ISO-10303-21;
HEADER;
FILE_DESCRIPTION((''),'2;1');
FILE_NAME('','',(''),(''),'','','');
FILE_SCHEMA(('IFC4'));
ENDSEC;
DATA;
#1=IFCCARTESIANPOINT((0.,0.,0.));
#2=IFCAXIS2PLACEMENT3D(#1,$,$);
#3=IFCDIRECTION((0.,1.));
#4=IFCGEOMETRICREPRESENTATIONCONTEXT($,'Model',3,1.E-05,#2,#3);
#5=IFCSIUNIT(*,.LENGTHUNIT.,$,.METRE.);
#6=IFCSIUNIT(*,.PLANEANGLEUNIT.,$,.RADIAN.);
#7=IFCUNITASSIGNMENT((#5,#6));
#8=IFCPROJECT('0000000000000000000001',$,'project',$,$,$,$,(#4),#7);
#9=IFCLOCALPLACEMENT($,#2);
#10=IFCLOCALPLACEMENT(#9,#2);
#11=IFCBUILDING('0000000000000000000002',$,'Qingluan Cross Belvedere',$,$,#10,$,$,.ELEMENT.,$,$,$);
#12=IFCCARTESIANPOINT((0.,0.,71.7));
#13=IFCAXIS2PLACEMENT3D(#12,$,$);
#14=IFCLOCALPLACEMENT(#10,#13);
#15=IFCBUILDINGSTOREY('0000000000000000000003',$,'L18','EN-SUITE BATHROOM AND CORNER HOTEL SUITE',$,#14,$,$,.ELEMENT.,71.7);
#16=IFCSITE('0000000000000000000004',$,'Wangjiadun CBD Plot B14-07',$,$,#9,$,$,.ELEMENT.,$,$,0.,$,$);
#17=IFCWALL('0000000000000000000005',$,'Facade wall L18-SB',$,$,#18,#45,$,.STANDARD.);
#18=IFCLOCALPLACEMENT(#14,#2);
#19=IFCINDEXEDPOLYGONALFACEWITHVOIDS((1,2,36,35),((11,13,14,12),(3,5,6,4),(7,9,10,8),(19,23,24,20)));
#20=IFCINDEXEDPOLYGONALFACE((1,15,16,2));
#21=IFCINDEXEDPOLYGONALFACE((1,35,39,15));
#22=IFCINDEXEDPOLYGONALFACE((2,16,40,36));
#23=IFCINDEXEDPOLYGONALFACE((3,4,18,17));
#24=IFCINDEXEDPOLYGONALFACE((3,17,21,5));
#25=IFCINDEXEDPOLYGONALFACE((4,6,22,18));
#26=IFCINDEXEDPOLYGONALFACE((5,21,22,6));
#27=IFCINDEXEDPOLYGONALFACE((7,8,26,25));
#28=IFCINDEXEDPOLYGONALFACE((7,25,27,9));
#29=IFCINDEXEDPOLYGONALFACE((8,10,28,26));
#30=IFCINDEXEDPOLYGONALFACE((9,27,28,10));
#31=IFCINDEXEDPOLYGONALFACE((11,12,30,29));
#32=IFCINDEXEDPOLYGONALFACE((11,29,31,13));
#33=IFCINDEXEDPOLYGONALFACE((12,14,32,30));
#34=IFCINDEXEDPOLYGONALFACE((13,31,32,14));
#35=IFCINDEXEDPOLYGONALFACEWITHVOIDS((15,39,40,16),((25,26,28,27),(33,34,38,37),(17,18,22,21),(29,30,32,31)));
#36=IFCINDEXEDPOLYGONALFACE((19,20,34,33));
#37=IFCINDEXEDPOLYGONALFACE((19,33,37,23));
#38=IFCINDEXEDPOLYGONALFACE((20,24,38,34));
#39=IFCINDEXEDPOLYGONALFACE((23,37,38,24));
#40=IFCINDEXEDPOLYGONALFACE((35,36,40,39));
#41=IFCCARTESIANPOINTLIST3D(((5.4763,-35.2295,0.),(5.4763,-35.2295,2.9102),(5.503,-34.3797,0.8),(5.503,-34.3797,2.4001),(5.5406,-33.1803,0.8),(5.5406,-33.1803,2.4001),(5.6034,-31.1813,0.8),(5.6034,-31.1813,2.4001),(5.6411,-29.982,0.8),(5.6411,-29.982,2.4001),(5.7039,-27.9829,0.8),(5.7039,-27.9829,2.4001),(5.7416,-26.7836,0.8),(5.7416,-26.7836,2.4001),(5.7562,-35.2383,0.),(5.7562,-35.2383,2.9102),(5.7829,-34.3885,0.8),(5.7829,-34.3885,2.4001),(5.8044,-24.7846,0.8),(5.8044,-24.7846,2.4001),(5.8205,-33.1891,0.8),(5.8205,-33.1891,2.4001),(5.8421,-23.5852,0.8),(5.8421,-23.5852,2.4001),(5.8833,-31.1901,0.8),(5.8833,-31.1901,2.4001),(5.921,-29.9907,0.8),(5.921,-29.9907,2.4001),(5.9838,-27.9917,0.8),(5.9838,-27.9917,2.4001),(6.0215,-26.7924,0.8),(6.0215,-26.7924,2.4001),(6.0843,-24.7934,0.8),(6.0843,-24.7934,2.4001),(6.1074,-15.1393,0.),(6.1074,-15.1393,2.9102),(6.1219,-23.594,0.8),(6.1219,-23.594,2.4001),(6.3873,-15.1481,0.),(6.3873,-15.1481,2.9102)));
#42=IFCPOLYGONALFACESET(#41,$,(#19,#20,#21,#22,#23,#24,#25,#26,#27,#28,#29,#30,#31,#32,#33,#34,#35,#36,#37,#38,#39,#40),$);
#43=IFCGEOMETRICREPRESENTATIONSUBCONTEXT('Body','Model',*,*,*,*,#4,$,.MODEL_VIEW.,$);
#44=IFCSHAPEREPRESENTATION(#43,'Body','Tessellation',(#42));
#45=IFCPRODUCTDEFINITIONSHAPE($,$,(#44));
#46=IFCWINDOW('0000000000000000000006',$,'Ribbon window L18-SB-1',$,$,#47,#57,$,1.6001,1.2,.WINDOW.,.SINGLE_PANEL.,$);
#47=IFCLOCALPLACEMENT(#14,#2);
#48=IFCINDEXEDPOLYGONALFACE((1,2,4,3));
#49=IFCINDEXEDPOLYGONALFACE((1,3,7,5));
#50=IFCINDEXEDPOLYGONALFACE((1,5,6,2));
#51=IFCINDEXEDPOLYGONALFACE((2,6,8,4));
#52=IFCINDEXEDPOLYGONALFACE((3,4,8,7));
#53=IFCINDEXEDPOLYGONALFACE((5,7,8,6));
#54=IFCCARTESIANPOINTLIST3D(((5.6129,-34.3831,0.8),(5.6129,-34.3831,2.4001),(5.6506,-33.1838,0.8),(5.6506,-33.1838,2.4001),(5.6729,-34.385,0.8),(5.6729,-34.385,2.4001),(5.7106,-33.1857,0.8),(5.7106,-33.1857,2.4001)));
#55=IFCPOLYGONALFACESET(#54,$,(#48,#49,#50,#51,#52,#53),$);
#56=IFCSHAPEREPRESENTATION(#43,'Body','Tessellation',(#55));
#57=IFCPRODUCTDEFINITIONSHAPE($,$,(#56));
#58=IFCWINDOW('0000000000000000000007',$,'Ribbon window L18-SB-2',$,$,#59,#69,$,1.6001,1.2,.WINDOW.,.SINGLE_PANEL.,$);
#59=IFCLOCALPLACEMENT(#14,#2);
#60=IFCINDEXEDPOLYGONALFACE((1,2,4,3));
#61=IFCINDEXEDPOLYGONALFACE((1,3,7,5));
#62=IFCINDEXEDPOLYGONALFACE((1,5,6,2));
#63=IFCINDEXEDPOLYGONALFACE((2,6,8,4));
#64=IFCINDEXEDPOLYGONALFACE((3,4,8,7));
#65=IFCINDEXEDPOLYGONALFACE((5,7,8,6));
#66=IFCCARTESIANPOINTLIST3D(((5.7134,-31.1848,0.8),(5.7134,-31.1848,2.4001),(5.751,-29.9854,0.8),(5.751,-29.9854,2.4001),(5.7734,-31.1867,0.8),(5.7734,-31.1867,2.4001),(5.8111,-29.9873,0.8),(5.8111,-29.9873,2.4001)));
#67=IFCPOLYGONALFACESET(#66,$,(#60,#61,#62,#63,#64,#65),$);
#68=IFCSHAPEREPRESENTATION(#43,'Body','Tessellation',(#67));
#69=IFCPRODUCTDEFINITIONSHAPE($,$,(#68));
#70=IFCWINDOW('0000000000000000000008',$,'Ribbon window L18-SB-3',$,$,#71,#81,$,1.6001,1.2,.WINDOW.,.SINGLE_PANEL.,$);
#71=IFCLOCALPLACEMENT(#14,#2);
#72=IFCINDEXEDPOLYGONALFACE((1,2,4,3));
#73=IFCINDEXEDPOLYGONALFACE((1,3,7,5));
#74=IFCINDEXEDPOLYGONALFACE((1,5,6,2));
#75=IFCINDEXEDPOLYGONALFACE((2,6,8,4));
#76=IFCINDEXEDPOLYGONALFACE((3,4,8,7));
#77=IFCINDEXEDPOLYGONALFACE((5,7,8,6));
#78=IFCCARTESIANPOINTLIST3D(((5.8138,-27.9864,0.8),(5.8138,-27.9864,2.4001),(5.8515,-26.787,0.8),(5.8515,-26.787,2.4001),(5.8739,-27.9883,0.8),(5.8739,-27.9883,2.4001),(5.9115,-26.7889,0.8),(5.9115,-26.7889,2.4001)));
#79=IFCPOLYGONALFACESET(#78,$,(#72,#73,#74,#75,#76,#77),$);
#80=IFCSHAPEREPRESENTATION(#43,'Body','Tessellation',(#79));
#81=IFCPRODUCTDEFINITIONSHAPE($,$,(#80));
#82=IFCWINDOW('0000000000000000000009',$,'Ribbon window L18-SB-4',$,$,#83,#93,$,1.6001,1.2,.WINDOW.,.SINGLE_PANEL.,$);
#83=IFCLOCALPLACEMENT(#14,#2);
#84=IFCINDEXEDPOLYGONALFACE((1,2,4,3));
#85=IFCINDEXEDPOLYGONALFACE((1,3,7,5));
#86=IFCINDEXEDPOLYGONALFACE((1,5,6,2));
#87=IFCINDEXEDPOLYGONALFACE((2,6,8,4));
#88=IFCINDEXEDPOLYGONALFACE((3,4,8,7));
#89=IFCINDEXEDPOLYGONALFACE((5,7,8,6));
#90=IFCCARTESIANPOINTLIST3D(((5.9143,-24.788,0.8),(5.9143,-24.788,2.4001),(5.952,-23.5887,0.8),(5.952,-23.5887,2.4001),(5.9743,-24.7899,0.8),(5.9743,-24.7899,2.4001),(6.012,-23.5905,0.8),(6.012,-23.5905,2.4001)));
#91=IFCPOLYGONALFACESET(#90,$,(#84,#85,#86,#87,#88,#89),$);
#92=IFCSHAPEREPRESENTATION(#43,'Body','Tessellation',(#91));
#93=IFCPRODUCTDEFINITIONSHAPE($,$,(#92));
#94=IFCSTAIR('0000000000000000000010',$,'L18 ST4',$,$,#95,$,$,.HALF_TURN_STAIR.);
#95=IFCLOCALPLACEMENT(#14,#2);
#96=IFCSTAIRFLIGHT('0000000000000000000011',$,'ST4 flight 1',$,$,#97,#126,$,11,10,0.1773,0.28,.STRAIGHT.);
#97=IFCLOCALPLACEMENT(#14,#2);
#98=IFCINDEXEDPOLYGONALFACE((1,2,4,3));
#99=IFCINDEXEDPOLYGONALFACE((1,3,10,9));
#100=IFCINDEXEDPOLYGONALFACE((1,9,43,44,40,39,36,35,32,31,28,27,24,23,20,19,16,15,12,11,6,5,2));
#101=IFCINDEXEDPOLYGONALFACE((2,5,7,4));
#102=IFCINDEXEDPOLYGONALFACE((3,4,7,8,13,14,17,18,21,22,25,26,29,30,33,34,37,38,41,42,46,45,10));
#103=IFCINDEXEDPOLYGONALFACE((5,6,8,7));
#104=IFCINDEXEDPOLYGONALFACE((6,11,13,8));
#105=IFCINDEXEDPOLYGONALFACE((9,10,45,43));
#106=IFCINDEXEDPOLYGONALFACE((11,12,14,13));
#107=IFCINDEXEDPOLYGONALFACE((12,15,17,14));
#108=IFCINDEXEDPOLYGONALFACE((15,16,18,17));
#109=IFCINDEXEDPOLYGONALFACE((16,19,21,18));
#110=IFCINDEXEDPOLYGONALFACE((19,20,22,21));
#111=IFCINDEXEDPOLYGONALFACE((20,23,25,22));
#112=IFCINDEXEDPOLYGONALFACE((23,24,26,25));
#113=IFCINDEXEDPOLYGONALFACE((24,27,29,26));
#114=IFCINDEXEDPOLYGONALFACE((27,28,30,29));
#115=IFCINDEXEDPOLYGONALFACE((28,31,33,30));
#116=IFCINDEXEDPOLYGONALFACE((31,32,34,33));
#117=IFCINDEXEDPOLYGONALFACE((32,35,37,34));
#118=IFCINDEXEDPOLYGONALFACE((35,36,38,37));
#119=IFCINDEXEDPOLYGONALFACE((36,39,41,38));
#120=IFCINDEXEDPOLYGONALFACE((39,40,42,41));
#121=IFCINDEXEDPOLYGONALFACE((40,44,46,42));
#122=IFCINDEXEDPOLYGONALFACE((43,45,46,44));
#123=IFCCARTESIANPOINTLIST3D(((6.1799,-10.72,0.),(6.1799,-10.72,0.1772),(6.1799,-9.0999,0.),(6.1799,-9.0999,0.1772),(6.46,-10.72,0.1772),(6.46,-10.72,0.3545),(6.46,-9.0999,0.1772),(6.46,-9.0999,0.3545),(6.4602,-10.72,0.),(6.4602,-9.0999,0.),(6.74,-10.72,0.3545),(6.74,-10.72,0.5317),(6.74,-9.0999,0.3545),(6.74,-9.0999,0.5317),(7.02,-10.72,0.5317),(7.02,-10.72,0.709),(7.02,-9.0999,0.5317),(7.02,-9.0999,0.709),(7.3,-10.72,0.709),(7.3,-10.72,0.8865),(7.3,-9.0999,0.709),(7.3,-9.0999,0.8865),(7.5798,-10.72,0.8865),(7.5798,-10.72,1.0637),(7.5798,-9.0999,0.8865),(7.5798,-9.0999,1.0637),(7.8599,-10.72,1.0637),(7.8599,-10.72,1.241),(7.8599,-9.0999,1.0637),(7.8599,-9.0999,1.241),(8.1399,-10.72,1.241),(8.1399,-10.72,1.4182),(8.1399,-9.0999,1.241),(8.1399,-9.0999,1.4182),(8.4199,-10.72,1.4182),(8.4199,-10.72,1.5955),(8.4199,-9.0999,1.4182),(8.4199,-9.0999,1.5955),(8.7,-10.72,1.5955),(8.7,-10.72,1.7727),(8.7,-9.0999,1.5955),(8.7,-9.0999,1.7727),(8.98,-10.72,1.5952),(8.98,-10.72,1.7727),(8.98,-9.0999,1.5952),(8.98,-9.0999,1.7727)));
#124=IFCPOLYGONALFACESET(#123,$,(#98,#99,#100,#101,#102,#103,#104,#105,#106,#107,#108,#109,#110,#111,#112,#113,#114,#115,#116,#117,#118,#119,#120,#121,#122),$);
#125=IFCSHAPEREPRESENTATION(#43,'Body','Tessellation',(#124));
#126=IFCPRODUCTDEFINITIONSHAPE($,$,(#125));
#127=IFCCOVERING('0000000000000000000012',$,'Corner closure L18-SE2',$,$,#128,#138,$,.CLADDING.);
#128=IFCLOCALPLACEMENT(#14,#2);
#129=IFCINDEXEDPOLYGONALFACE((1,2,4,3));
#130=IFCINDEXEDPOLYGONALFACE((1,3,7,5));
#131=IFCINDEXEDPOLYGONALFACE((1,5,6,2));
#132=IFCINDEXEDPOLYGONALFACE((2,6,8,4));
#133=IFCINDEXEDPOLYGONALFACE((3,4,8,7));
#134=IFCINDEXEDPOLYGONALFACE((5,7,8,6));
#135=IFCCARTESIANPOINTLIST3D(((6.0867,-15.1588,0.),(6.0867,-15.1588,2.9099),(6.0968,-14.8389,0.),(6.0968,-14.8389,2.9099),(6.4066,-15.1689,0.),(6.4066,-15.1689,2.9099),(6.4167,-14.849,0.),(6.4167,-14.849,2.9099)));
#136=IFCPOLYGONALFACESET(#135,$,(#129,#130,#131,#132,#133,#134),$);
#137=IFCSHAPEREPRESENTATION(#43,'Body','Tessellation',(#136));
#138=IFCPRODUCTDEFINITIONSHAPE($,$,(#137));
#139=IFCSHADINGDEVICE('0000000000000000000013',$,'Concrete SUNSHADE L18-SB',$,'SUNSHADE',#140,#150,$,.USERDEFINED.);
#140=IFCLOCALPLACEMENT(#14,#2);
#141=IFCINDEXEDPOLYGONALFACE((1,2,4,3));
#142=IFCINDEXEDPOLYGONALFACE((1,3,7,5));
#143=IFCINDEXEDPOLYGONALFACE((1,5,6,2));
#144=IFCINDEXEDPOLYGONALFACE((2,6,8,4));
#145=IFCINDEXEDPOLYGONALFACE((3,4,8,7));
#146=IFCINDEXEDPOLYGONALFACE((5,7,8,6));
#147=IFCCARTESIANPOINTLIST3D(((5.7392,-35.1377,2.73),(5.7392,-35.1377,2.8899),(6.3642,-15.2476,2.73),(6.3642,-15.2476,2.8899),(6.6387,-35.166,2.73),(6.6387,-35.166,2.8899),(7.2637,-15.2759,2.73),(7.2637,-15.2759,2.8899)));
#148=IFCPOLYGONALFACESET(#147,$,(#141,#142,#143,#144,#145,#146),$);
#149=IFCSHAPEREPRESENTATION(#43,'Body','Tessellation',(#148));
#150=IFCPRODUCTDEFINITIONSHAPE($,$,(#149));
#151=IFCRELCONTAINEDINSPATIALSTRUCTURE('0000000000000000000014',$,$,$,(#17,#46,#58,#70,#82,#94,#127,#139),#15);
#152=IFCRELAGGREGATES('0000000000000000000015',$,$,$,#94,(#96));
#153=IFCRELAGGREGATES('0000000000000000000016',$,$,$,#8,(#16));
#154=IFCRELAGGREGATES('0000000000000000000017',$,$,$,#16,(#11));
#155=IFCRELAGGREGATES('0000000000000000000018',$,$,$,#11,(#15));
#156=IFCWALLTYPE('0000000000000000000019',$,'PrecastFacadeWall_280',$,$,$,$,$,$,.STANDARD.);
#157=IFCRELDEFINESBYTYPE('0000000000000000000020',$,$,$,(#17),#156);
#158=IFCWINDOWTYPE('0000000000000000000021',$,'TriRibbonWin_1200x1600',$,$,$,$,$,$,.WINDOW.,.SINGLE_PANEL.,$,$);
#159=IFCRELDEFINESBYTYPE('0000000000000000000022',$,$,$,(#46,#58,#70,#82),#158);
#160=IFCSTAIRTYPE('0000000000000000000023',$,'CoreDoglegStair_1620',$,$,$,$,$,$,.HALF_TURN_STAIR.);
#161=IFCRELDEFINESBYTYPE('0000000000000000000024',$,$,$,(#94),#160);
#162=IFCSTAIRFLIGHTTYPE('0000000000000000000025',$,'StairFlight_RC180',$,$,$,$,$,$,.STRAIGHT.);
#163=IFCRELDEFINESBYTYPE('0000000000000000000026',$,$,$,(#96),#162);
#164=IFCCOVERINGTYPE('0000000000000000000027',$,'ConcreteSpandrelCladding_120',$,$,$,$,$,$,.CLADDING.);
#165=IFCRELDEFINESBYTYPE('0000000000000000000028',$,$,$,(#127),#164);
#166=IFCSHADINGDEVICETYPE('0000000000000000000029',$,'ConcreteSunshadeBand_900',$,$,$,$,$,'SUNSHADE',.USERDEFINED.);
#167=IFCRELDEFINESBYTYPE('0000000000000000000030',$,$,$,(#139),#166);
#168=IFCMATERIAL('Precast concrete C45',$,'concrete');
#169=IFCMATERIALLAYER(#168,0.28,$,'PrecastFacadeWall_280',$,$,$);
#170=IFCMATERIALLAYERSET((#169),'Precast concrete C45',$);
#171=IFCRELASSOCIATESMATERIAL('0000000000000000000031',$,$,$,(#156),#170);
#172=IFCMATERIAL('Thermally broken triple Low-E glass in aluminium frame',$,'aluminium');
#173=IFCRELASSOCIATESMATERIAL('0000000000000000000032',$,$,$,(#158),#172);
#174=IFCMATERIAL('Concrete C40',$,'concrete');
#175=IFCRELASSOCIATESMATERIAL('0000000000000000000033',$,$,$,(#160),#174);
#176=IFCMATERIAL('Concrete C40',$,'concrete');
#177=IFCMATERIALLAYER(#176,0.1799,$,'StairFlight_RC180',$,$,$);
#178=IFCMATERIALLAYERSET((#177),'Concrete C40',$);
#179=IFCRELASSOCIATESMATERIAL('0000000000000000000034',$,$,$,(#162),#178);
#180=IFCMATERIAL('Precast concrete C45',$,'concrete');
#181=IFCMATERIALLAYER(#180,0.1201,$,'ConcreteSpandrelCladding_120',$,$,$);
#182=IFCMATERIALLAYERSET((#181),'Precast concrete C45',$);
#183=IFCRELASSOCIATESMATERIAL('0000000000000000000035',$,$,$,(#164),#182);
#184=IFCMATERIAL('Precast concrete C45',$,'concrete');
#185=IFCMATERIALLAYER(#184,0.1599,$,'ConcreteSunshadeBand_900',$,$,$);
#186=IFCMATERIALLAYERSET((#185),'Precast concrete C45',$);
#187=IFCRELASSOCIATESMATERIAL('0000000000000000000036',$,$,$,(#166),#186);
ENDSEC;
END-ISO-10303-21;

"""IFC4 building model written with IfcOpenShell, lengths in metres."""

from ifc_helpers import new_model, si_unit, direction, frame, frame_2d, origin, origin_2d, place, context, subcontext, project, spatial, polyline, rectangle, outline, extrude, material, layer, layer_set, type_object, element, fill, aggregate, save


model = new_model("IFC4")

# Units and contexts
model_context = context("Model", 3, precision=1e-05, world=origin(), true_north=direction((0.0, 1.0)))
body_context = subcontext(model_context, "Body", "Model", "MODEL_VIEW")
ifc_project = project(units=[si_unit("LENGTHUNIT", "METRE"), si_unit("PLANEANGLEUNIT", "RADIAN")], contexts=[model_context])

# Site, building, storey
site_placement = place(None, origin())
site = spatial("IfcSite", under=ifc_project, at=site_placement, Name="Wangjiadun CBD Plot B14-07", CompositionType="ELEMENT", RefElevation=0.0)
building_placement = place(site_placement, origin())
building = spatial("IfcBuilding", under=site, at=building_placement, Name="Qingluan Cross Belvedere", CompositionType="ELEMENT")
storey_placement = place(building_placement, frame((0.0, 0.0, 71.7)))
storey = spatial("IfcBuildingStorey", under=building, at=storey_placement, Name="L18", Description="EN-SUITE BATHROOM AND CORNER HOTEL SUITE", CompositionType="ELEMENT", Elevation=71.7)

# Wall, openings, windows
ifc_material_1 = material(Name="Precast concrete C45", Category="concrete")
ifc_layer_1 = layer(ifc_material_1, 0.28, Name="PrecastFacadeWall_280")
ifc_layer_set_1 = layer_set([ifc_layer_1], Name="Precast concrete C45")
wall_type_1 = type_object("IfcWallType", Name="PrecastFacadeWall_280", PredefinedType="STANDARD", material=ifc_layer_set_1)
wall_1_placement = place(storey_placement, frame((5.6162, -35.2339, 0.0), z_axis=(0.0, 0.0, 1.0), x_axis=(0.031398, 0.999507, 0.0)))
wall_1 = element("IfcWall", 1, at=wall_1_placement, inside=storey, type_object=wall_type_1, Name="Facade wall L18-SB", PredefinedType="STANDARD", context=body_context, shape_type="SweptSolid", body=[
    extrude(rectangle(XDim=20.1001, YDim=0.28, at=frame_2d((10.05, 0.0))), origin(), (0.0, 0.0, 1.0), 2.9102),
])
opening_1_placement = place(wall_1_placement, frame((0.8501, 0.0, 0.8)))
opening_1 = element("IfcOpeningElement", 2, at=opening_1_placement, cuts=wall_1, PredefinedType="OPENING", context=body_context, shape_type="SweptSolid", body=[
    extrude(rectangle(XDim=1.2, YDim=1.6001, at=frame_2d((0.6001, 0.8))), frame((0.0, 0.1499, 0.0), z_axis=(0.0, -1.0, 0.0), x_axis=(1.0, 0.0, 0.0)), (0.0, 0.0, 1.0), 0.3),
])
opening_2_placement = place(wall_1_placement, frame((4.05, 0.0, 0.8)))
opening_2 = element("IfcOpeningElement", 3, at=opening_2_placement, cuts=wall_1, PredefinedType="OPENING", context=body_context, shape_type="SweptSolid", body=[
    extrude(rectangle(XDim=1.2, YDim=1.6001, at=frame_2d((0.6001, 0.8))), frame((0.0, 0.1499, 0.0), z_axis=(0.0, -1.0, 0.0), x_axis=(1.0, 0.0, 0.0)), (0.0, 0.0, 1.0), 0.3),
])
opening_3_placement = place(wall_1_placement, frame((7.25, 0.0, 0.8)))
opening_3 = element("IfcOpeningElement", 4, at=opening_3_placement, cuts=wall_1, PredefinedType="OPENING", context=body_context, shape_type="SweptSolid", body=[
    extrude(rectangle(XDim=1.2, YDim=1.6001, at=frame_2d((0.6001, 0.8))), frame((0.0, 0.1499, 0.0), z_axis=(0.0, -1.0, 0.0), x_axis=(1.0, 0.0, 0.0)), (0.0, 0.0, 1.0), 0.3),
])
opening_4_placement = place(wall_1_placement, frame((10.45, 0.0, 0.8)))
opening_4 = element("IfcOpeningElement", 5, at=opening_4_placement, cuts=wall_1, PredefinedType="OPENING", context=body_context, shape_type="SweptSolid", body=[
    extrude(rectangle(XDim=1.2, YDim=1.6001, at=frame_2d((0.6001, 0.8))), frame((0.0, 0.1499, 0.0), z_axis=(0.0, -1.0, 0.0), x_axis=(1.0, 0.0, 0.0)), (0.0, 0.0, 1.0), 0.3),
])
ifc_material_2 = material(Name="Thermally broken triple Low-E glass in aluminium frame", Category="aluminium")
window_type = type_object("IfcWindowType", Name="TriRibbonWin_1200x1600", PartitioningType="SINGLE_PANEL", PredefinedType="WINDOW", material=ifc_material_2)
window_1_placement = place(opening_1_placement, origin())
window_1 = element("IfcWindow", 6, at=window_1_placement, inside=storey, type_object=window_type, Name="Ribbon window L18-SB-1", OverallHeight=1.6001, OverallWidth=1.2, PartitioningType="SINGLE_PANEL", PredefinedType="WINDOW", context=body_context, shape_type="SweptSolid", body=[
    extrude(rectangle(XDim=1.2, YDim=1.6001, at=frame_2d((0.6001, 0.8))), frame((0.0, 0.03, 0.0), z_axis=(0.0, -1.0, 0.0), x_axis=(1.0, 0.0, 0.0)), (0.0, 0.0, 1.0), 0.0601),
])
fill(opening_1, window_1)
window_2_placement = place(opening_2_placement, origin())
window_2 = element("IfcWindow", 7, at=window_2_placement, inside=storey, type_object=window_type, Name="Ribbon window L18-SB-2", OverallHeight=1.6001, OverallWidth=1.2, PartitioningType="SINGLE_PANEL", PredefinedType="WINDOW", context=body_context, shape_type="SweptSolid", body=[
    extrude(rectangle(XDim=1.2, YDim=1.6001, at=frame_2d((0.6001, 0.8))), frame((0.0, 0.03, 0.0), z_axis=(0.0, -1.0, 0.0), x_axis=(1.0, 0.0, 0.0)), (0.0, 0.0, 1.0), 0.0601),
])
fill(opening_2, window_2)
window_3_placement = place(opening_3_placement, origin())
window_3 = element("IfcWindow", 8, at=window_3_placement, inside=storey, type_object=window_type, Name="Ribbon window L18-SB-3", OverallHeight=1.6001, OverallWidth=1.2, PartitioningType="SINGLE_PANEL", PredefinedType="WINDOW", context=body_context, shape_type="SweptSolid", body=[
    extrude(rectangle(XDim=1.2, YDim=1.6001, at=frame_2d((0.6001, 0.8))), frame((0.0, 0.03, 0.0), z_axis=(0.0, -1.0, 0.0), x_axis=(1.0, 0.0, 0.0)), (0.0, 0.0, 1.0), 0.0601),
])
fill(opening_3, window_3)
window_4_placement = place(opening_4_placement, origin())
window_4 = element("IfcWindow", 9, at=window_4_placement, inside=storey, type_object=window_type, Name="Ribbon window L18-SB-4", OverallHeight=1.6001, OverallWidth=1.2, PartitioningType="SINGLE_PANEL", PredefinedType="WINDOW", context=body_context, shape_type="SweptSolid", body=[
    extrude(rectangle(XDim=1.2, YDim=1.6001, at=frame_2d((0.6001, 0.8))), frame((0.0, 0.03, 0.0), z_axis=(0.0, -1.0, 0.0), x_axis=(1.0, 0.0, 0.0)), (0.0, 0.0, 1.0), 0.0601),
])
fill(opening_4, window_4)

# Stair, stair flight
ifc_material_3 = material(Name="Concrete C40", Category="concrete")
stair_type = type_object("IfcStairType", Name="CoreDoglegStair_1620", PredefinedType="HALF_TURN_STAIR", material=ifc_material_3)
stair_placement = place(storey_placement, origin())
stair = element("IfcStair", 10, at=stair_placement, inside=storey, type_object=stair_type, Name="L18 ST4", PredefinedType="HALF_TURN_STAIR")
ifc_material_4 = material(Name="Concrete C40", Category="concrete")
ifc_layer_2 = layer(ifc_material_4, 0.1799, Name="StairFlight_RC180")
ifc_layer_set_2 = layer_set([ifc_layer_2], Name="Concrete C40")
stair_flight_type = type_object("IfcStairFlightType", Name="StairFlight_RC180", PredefinedType="STRAIGHT", material=ifc_layer_set_2)
stair_flight_placement = place(storey_placement, frame((6.1799, -9.9099, 0.0), z_axis=(0.0, 0.0, 1.0), x_axis=(1.0, 0.0, 0.0)))
stair_flight = element("IfcStairFlight", 11, at=stair_flight_placement, type_object=stair_flight_type, Name="ST4 flight 1", NumberOfRisers=11, NumberOfTreads=10, PredefinedType="STRAIGHT", RiserHeight=0.1773, TreadLength=0.28, context=body_context, shape_type="SweptSolid", body=[
    extrude(outline(polyline([(0.0, 0.0), (0.0, 0.1772), (0.28, 0.1772), (0.28, 0.3545), (0.5601, 0.3545), (0.5601, 0.5317), (0.8401, 0.5317), (0.8401, 0.709), (1.1201, 0.709), (1.1201, 0.8865), (1.3999, 0.8865), (1.3999, 1.0637), (1.6799, 1.0637), (1.6799, 1.241), (1.96, 1.241), (1.96, 1.4182), (2.24, 1.4182), (2.24, 1.5955), (2.52, 1.5955), (2.52, 1.7727), (2.8, 1.7727), (2.8, 1.95), (2.8, 1.5952), (0.2803, 0.0), (0.0, 0.0)])), frame((0.0, 0.8101, 0.0), z_axis=(0.0, -1.0, 0.0), x_axis=(1.0, 0.0, 0.0)), (0.0, 0.0, 1.0), 1.6201),
])
aggregate(stair, [stair_flight])

# Covering
ifc_material_5 = material(Name="Precast concrete C45", Category="concrete")
ifc_layer_3 = layer(ifc_material_5, 0.1201, Name="ConcreteSpandrelCladding_120")
ifc_layer_set_3 = layer_set([ifc_layer_3], Name="Precast concrete C45")
covering_type = type_object("IfcCoveringType", Name="ConcreteSpandrelCladding_120", PredefinedType="CLADDING", material=ifc_layer_set_3)
covering_placement = place(storey_placement, frame((6.2517, -15.0039, 0.0), z_axis=(0.0, 0.0, 1.0), x_axis=(0.999507, -0.031411, 0.0)))
element("IfcCovering", 12, at=covering_placement, inside=storey, type_object=covering_type, Name="Corner closure L18-SE2", PredefinedType="CLADDING", context=body_context, shape_type="SweptSolid", body=[
    extrude(rectangle(XDim=0.3201, YDim=0.3201, at=origin_2d()), origin(), (0.0, 0.0, 1.0), 2.9099),
])

# Shading device
ifc_material_6 = material(Name="Precast concrete C45", Category="concrete")
ifc_layer_4 = layer(ifc_material_6, 0.1599, Name="ConcreteSunshadeBand_900")
ifc_layer_set_4 = layer_set([ifc_layer_4], Name="Precast concrete C45")
shading_device_type = type_object("IfcShadingDeviceType", Name="ConcreteSunshadeBand_900", ElementType="SUNSHADE", PredefinedType="USERDEFINED", material=ifc_layer_set_4)
shading_device_placement = place(storey_placement, frame((6.5015, -25.2068, 2.73), z_axis=(0.0, 0.0, 1.0), x_axis=(0.031408, 0.999507, 0.0)))
element("IfcShadingDevice", 13, at=shading_device_placement, inside=storey, type_object=shading_device_type, Name="Concrete SUNSHADE L18-SB", ObjectType="SUNSHADE", PredefinedType="USERDEFINED", context=body_context, shape_type="SweptSolid", body=[
    extrude(rectangle(XDim=19.8999, YDim=0.8999, at=origin_2d()), origin(), (0.0, 0.0, 1.0), 0.1599),
])

save(model, "model.ifc")
